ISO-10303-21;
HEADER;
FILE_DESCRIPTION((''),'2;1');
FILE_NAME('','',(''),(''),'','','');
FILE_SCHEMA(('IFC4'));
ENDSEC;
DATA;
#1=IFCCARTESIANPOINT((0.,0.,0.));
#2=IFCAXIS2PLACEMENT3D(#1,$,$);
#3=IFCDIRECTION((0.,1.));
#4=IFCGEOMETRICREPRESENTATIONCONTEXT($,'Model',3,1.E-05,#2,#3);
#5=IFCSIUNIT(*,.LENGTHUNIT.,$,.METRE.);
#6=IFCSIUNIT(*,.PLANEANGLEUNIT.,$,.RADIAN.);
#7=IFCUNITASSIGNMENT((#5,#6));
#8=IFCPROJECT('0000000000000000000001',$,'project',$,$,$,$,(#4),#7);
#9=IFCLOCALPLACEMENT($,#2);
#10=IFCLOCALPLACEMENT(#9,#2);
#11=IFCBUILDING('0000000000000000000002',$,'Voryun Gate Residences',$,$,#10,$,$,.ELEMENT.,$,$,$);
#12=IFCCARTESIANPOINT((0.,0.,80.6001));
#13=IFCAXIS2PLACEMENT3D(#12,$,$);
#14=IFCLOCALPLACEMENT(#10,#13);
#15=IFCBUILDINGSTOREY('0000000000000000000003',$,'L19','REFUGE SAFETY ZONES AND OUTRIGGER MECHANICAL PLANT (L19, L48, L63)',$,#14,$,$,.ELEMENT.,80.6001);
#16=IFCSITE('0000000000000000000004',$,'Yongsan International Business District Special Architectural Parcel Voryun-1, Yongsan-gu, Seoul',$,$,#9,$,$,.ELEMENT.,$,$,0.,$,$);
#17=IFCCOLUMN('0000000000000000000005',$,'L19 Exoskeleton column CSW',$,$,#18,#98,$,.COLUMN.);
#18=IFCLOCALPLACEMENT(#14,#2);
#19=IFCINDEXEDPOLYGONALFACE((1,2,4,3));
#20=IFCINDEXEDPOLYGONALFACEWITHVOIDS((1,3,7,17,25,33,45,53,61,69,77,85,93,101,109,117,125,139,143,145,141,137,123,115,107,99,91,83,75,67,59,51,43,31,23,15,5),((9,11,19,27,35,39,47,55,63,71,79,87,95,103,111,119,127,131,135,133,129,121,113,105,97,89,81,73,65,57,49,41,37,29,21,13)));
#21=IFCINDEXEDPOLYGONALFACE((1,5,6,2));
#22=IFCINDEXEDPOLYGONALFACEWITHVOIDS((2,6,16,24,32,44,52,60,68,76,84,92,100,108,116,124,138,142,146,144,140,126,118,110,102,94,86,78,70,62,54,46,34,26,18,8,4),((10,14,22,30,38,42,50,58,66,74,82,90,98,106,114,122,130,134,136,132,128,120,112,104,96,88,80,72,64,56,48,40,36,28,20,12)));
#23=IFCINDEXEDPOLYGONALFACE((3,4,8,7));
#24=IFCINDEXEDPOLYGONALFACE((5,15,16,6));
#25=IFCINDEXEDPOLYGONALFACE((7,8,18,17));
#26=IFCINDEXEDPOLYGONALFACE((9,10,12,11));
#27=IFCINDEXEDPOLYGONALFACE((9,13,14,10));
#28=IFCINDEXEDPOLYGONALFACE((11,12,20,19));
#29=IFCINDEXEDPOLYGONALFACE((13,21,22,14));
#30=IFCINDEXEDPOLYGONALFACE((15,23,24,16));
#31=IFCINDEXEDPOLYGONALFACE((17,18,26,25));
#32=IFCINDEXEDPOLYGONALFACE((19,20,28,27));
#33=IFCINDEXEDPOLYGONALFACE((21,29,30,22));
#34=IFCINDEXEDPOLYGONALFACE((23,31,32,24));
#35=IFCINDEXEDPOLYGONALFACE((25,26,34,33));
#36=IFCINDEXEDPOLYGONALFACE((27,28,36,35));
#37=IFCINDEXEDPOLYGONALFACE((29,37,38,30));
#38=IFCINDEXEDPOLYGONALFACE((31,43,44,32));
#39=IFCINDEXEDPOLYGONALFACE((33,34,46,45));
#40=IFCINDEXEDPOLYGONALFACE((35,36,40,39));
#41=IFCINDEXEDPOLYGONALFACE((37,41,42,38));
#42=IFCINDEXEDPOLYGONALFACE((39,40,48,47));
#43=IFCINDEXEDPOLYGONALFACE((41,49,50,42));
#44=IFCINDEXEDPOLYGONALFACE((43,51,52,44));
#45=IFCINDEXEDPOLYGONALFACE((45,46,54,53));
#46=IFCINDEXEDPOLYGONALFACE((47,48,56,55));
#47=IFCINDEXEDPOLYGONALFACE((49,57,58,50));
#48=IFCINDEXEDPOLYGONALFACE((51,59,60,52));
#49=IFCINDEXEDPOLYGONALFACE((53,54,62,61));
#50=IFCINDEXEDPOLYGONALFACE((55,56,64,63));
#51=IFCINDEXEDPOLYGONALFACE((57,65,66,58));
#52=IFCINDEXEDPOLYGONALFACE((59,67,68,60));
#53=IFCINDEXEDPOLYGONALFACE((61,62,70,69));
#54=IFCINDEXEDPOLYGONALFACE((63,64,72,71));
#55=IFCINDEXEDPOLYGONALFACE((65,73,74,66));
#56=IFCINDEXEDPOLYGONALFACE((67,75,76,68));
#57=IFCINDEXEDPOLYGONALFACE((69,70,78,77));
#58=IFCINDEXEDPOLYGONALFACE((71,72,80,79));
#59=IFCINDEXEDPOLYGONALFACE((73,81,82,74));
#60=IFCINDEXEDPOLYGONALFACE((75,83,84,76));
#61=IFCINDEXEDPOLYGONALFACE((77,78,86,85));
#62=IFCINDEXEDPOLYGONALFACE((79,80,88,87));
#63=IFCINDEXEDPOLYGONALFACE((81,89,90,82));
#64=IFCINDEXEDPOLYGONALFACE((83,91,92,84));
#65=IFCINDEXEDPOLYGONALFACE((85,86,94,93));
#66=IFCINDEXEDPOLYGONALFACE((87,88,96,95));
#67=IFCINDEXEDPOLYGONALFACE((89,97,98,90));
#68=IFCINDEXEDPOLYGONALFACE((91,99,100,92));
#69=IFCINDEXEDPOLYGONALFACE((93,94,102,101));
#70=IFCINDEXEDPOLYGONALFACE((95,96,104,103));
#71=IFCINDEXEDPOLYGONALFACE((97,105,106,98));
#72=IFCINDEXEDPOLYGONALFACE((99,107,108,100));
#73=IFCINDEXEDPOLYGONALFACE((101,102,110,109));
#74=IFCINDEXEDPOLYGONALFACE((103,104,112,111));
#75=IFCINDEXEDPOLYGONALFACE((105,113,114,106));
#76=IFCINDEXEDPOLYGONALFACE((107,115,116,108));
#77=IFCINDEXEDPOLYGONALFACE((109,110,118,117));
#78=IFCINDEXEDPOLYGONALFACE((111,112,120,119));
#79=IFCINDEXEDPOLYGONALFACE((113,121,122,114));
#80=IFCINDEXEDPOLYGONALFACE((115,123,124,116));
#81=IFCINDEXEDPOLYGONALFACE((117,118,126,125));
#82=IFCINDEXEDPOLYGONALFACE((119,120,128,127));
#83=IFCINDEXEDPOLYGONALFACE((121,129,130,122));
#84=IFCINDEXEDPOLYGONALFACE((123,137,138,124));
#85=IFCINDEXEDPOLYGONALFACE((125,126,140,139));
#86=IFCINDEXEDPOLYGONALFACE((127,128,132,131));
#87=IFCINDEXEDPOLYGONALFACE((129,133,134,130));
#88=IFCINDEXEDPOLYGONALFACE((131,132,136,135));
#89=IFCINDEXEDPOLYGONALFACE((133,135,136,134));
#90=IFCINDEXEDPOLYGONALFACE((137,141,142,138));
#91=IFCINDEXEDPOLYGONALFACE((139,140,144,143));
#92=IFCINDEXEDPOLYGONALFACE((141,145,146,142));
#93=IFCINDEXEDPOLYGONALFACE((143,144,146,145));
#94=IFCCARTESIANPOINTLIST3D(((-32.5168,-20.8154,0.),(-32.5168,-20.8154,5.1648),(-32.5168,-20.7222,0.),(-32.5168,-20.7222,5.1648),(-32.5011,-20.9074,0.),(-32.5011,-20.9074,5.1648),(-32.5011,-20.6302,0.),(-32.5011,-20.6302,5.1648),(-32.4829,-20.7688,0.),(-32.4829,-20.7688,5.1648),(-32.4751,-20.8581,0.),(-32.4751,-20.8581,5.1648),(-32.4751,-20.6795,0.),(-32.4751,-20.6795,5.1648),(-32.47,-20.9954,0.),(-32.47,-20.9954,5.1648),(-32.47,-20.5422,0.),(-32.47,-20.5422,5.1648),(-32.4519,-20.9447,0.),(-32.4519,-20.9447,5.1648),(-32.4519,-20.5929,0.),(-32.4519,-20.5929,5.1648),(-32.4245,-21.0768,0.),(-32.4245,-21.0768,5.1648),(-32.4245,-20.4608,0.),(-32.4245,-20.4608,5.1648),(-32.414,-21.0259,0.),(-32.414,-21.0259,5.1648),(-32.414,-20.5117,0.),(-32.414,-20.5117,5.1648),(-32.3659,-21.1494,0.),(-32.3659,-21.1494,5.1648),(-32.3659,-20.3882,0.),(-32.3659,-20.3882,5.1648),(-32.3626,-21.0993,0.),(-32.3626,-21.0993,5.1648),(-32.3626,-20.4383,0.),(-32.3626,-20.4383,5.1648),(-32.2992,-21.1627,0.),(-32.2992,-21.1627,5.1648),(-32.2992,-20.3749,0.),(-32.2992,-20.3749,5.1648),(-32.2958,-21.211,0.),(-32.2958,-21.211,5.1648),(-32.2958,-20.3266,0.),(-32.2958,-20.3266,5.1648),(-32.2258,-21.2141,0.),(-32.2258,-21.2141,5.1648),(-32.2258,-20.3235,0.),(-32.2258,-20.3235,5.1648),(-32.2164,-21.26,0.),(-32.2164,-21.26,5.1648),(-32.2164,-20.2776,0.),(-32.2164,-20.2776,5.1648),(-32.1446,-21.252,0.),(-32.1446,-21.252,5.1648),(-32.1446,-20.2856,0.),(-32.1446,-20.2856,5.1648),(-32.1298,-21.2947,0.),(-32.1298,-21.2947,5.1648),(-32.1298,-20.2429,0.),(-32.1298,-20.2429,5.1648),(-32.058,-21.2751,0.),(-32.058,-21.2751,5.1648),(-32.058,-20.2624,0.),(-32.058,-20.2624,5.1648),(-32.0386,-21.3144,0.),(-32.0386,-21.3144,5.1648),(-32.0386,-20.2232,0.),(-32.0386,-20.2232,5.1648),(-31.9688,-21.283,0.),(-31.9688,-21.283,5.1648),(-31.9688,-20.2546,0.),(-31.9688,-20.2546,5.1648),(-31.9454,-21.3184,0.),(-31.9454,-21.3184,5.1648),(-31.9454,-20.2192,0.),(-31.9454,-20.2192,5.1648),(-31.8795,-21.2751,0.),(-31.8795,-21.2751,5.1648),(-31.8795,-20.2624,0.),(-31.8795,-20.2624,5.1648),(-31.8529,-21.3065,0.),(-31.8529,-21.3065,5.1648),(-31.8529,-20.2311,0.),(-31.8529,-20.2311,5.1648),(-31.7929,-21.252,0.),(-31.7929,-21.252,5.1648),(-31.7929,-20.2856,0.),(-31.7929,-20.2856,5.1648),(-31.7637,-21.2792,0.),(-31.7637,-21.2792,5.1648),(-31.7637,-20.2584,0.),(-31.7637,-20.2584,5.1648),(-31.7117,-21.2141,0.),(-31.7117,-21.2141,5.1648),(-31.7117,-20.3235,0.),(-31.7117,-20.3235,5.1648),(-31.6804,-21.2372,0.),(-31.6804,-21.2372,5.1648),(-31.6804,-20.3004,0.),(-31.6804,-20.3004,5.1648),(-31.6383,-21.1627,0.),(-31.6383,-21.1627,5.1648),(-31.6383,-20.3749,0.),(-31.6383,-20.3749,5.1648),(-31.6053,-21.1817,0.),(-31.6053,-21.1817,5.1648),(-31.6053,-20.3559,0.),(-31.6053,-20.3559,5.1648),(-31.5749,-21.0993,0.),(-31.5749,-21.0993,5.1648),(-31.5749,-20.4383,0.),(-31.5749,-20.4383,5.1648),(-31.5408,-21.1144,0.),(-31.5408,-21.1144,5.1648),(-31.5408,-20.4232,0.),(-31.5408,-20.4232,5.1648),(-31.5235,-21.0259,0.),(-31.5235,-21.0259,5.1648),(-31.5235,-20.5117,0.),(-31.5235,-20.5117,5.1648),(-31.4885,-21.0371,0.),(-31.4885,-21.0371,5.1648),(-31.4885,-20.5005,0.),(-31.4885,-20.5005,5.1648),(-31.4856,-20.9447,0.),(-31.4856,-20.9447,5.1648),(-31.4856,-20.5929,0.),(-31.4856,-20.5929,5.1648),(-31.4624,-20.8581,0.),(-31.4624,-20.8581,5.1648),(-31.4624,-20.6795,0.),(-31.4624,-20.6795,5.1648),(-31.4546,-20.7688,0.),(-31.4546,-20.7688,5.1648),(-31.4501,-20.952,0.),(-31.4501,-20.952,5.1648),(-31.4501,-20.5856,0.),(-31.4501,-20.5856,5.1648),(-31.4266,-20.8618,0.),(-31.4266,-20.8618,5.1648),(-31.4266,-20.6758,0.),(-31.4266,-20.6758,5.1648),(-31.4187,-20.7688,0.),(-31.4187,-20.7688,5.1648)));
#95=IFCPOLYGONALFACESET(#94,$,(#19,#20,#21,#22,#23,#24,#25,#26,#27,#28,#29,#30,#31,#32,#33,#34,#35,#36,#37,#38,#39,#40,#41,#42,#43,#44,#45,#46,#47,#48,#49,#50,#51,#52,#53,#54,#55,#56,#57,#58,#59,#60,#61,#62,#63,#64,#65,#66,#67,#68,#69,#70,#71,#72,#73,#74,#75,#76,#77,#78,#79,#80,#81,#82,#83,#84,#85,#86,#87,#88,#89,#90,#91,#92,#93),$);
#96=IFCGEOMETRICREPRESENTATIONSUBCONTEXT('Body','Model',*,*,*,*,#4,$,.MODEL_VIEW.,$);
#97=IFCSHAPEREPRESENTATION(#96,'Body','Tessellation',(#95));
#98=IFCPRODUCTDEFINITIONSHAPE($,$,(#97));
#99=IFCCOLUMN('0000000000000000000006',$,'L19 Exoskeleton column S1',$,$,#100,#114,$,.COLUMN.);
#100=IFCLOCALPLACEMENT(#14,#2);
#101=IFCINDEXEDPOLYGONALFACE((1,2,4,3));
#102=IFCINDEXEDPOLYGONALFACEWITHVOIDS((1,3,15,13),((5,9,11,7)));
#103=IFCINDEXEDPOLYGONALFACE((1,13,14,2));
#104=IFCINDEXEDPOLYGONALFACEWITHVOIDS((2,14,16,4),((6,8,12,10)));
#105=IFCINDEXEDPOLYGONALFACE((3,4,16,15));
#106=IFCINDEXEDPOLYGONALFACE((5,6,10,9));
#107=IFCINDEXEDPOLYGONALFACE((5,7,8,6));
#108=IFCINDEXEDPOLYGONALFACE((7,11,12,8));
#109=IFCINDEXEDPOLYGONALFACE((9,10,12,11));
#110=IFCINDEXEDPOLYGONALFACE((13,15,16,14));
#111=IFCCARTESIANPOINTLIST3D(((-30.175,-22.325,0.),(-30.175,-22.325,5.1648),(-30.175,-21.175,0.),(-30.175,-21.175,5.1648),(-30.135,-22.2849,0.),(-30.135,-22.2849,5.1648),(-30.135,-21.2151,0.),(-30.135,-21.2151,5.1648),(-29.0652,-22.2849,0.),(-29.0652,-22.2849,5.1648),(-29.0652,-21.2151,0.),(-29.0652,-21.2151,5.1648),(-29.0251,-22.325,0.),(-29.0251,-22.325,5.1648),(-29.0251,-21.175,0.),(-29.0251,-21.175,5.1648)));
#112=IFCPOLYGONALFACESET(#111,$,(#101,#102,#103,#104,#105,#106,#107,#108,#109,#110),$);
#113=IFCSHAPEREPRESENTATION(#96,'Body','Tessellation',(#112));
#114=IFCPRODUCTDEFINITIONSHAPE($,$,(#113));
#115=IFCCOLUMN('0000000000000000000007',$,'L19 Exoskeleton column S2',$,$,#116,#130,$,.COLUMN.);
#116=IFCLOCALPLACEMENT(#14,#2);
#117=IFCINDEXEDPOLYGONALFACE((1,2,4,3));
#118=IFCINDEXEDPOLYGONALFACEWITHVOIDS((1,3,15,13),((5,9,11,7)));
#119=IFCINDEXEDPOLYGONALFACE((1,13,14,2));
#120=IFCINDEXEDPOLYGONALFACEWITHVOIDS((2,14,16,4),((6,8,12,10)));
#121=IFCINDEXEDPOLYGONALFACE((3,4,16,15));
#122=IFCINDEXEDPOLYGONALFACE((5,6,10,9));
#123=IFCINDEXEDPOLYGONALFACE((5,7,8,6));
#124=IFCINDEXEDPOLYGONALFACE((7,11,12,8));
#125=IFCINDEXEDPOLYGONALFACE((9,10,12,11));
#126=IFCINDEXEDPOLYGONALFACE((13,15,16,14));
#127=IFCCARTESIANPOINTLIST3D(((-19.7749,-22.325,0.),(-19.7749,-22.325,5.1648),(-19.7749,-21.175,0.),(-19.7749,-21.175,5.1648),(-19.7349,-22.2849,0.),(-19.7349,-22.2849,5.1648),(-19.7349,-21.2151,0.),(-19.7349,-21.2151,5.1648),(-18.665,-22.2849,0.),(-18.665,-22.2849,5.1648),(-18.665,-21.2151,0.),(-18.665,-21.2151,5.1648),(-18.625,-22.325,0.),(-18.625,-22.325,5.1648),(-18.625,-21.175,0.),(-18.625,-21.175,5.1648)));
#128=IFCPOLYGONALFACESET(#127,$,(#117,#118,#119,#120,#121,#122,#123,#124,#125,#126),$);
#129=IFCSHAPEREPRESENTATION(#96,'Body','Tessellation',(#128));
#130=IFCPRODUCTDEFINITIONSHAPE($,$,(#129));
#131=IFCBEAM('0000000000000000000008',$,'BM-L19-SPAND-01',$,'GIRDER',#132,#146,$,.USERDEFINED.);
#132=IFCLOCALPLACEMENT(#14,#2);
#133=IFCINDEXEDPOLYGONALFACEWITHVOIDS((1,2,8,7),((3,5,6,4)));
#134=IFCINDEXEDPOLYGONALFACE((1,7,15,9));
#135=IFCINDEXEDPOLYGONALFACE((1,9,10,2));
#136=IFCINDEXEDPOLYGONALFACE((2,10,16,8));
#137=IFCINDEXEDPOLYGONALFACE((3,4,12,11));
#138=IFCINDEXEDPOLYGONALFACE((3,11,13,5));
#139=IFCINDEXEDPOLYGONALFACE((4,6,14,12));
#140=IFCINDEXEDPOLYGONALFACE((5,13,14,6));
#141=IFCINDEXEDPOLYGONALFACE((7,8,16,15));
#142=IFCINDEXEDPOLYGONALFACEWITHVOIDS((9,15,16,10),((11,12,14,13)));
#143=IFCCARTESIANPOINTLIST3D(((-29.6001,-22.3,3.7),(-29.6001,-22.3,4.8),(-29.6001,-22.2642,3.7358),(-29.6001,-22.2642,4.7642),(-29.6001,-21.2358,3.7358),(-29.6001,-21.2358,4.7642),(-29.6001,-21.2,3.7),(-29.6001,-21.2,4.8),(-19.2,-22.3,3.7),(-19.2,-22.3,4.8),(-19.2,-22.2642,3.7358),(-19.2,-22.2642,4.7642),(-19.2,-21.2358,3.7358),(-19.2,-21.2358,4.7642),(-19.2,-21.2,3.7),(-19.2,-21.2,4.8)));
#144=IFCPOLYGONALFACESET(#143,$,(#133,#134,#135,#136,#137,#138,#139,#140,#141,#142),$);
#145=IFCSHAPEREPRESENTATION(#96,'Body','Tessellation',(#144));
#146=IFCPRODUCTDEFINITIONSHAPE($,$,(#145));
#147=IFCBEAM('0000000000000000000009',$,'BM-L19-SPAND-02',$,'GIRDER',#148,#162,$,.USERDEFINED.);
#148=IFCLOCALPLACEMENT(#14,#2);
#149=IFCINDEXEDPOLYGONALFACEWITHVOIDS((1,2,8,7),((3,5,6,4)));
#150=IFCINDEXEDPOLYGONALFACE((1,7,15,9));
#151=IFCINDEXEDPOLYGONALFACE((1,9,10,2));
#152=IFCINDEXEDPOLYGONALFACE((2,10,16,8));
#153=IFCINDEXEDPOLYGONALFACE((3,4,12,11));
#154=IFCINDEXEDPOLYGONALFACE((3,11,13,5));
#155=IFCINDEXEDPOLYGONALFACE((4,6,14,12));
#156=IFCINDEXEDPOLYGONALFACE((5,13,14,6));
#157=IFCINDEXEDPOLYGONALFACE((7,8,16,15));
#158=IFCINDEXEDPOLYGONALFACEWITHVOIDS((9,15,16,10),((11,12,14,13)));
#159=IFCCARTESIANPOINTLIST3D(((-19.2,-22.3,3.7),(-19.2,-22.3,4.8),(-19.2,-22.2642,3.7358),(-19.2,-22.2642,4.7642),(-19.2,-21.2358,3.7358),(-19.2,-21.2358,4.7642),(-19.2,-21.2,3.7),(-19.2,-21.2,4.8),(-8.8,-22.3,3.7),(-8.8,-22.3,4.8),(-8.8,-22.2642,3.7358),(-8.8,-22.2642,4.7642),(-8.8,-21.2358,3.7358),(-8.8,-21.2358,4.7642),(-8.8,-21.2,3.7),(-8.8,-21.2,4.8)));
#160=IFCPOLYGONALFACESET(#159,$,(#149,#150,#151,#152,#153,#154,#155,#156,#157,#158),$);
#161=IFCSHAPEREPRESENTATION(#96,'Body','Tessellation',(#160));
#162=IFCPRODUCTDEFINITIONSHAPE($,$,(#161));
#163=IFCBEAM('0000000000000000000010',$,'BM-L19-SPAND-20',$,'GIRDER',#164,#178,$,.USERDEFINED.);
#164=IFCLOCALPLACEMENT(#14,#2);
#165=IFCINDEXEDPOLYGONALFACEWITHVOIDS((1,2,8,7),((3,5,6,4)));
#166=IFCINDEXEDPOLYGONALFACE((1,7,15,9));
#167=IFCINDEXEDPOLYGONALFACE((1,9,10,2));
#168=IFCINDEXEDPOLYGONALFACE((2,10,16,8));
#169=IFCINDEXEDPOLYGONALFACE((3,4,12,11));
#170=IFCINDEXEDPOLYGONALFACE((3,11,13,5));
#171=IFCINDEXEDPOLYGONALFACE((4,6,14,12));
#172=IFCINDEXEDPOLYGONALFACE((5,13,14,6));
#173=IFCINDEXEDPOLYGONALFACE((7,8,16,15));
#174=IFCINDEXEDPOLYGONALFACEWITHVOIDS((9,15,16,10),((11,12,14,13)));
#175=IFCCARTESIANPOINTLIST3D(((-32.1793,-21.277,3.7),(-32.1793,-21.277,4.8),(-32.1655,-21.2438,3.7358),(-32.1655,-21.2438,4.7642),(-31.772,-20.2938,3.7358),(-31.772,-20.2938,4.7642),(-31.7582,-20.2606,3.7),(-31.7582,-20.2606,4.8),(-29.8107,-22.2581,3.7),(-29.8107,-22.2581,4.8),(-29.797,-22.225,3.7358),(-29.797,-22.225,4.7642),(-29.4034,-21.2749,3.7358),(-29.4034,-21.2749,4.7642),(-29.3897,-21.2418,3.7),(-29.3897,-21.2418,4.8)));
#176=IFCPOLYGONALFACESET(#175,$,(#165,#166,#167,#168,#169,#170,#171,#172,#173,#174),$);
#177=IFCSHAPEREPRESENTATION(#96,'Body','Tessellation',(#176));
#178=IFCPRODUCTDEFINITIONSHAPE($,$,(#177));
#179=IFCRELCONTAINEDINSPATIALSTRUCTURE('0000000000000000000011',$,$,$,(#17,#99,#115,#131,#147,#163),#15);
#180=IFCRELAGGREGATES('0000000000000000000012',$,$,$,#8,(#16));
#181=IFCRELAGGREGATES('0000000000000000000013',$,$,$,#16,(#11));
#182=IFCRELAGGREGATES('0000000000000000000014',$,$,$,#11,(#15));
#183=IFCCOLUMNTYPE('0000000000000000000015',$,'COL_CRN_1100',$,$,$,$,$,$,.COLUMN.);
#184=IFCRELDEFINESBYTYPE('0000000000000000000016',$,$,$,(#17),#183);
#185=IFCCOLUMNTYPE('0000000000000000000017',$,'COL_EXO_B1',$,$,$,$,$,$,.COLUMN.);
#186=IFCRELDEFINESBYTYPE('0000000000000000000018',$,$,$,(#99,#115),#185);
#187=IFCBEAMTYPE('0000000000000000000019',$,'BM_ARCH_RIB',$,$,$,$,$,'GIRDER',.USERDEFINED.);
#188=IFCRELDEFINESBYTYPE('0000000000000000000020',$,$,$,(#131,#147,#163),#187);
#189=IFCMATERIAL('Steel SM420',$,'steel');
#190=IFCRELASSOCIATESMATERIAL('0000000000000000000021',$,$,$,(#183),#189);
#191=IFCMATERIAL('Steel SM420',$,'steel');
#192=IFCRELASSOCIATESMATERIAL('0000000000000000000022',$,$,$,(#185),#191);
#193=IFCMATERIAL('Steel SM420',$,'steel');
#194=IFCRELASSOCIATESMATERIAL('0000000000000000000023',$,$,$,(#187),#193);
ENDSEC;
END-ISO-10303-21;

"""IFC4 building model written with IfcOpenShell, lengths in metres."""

from ifc_helpers import new_model, si_unit, direction, frame, origin, origin_2d, place, context, subcontext, project, spatial, hollow_rectangle, hollow_circle, extrude, material, material_profile, profile_set, type_object, element, save


model = new_model("IFC4")

# Units and contexts
model_context = context("Model", 3, precision=1e-05, world=origin(), true_north=direction((0.0, 1.0)))
body_context = subcontext(model_context, "Body", "Model", "MODEL_VIEW")
ifc_project = project(units=[si_unit("LENGTHUNIT", "METRE"), si_unit("PLANEANGLEUNIT", "RADIAN")], contexts=[model_context])

# Site, building, storey
site_placement = place(None, origin())
site = spatial("IfcSite", under=ifc_project, at=site_placement, Name="Yongsan International Business District Special Architectural Parcel Voryun-1, Yongsan-gu, Seoul", CompositionType="ELEMENT", RefElevation=0.0)
building_placement = place(site_placement, origin())
building = spatial("IfcBuilding", under=site, at=building_placement, Name="Voryun Gate Residences", CompositionType="ELEMENT")
storey_placement = place(building_placement, frame((0.0, 0.0, 80.6001)))
storey = spatial("IfcBuildingStorey", under=building, at=storey_placement, Name="L19", Description="REFUGE SAFETY ZONES AND OUTRIGGER MECHANICAL PLANT (L19, L48, L63)", CompositionType="ELEMENT", Elevation=80.6001)

# Columns
ifc_material_1 = material(Name="Steel SM420", Category="steel")
ifc_material_profile_1 = material_profile(ifc_material_1, hollow_circle(Radius=0.55, WallThickness=0.0359, at=origin_2d()), Name="CHS-1100x36")
ifc_profile_set_1 = profile_set([ifc_material_profile_1], Name="Steel SM420")
column_type_1 = type_object("IfcColumnType", Name="COL_CRN_1100", PredefinedType="COLUMN", material=ifc_profile_set_1)
column_placement = place(storey_placement, frame((-31.9688, -20.7688, 0.0), z_axis=(0.0, 0.0, 1.0), x_axis=(1.0, 0.0, 0.0)))
element("IfcColumn", 1, at=column_placement, inside=storey, type_object=column_type_1, Name="L19 Exoskeleton column CSW", PredefinedType="COLUMN", context=body_context, shape_type="SweptSolid", body=[
    extrude(hollow_circle(Radius=0.55, WallThickness=0.0359, at=origin_2d()), origin(), (0.0, 0.0, 1.0), 5.1648),
])
ifc_material_2 = material(Name="Steel SM420", Category="steel")
ifc_material_profile_2 = material_profile(ifc_material_2, hollow_rectangle(XDim=1.1499, YDim=1.1499, WallThickness=0.04, at=origin_2d()), Name="BOX-1150x1150x40")
ifc_profile_set_2 = profile_set([ifc_material_profile_2], Name="Steel SM420")
column_type_2 = type_object("IfcColumnType", Name="COL_EXO_B1", PredefinedType="COLUMN", material=ifc_profile_set_2)
for number, where, z_axis, x_axis, name in (
    (2, (-29.6001, -21.75, 0.0), (0.0, 0.0, 1.0), (1.0, 0.0, 0.0), "L19 Exoskeleton column S1"),
    (3, (-19.2, -21.75, 0.0), (0.0, 0.0, 1.0), (1.0, 0.0, 0.0), "L19 Exoskeleton column S2"),
):
    element("IfcColumn", number, at=place(storey_placement, frame(where, z_axis=z_axis, x_axis=x_axis)), inside=storey, type_object=column_type_2, Name=name, PredefinedType="COLUMN", context=body_context, shape_type="SweptSolid", body=[
        extrude(hollow_rectangle(XDim=1.1499, YDim=1.1499, WallThickness=0.04, at=origin_2d()), origin(), (0.0, 0.0, 1.0), 5.1648),
    ])

# Beams
ifc_material_3 = material(Name="Steel SM420", Category="steel")
ifc_material_profile_3 = material_profile(ifc_material_3, hollow_rectangle(XDim=1.1001, YDim=1.1001, WallThickness=0.0359, at=origin_2d()), Name="BOX-1100x1100x36")
ifc_profile_set_3 = profile_set([ifc_material_profile_3], Name="Steel SM420")
beam_type = type_object("IfcBeamType", Name="BM_ARCH_RIB", ElementType="GIRDER", PredefinedType="USERDEFINED", material=ifc_profile_set_3)
beam_1_placement = place(storey_placement, frame((-29.6001, -21.75, 4.25), z_axis=(1.0, 0.0, 0.0), x_axis=(0.0, 1.0, 0.0)))
element("IfcBeam", 4, at=beam_1_placement, inside=storey, type_object=beam_type, Name="BM-L19-SPAND-01", ObjectType="GIRDER", PredefinedType="USERDEFINED", context=body_context, shape_type="SweptSolid", body=[
    extrude(hollow_rectangle(XDim=1.1001, YDim=1.1001, WallThickness=0.0359, at=origin_2d()), origin(), (0.0, 0.0, 1.0), 10.4001),
])
beam_2_placement = place(storey_placement, frame((-19.2, -21.75, 4.25), z_axis=(1.0, 0.0, 0.0), x_axis=(0.0, 1.0, 0.0)))
element("IfcBeam", 5, at=beam_2_placement, inside=storey, type_object=beam_type, Name="BM-L19-SPAND-02", ObjectType="GIRDER", PredefinedType="USERDEFINED", context=body_context, shape_type="SweptSolid", body=[
    extrude(hollow_rectangle(XDim=1.1001, YDim=1.1001, WallThickness=0.0359, at=origin_2d()), origin(), (0.0, 0.0, 1.0), 10.3999),
])
beam_3_placement = place(storey_placement, frame((-31.9688, -20.7688, 4.25), z_axis=(0.923869, -0.382708, 0.0), x_axis=(0.382708, 0.923869, 0.0)))
element("IfcBeam", 6, at=beam_3_placement, inside=storey, type_object=beam_type, Name="BM-L19-SPAND-20", ObjectType="GIRDER", PredefinedType="USERDEFINED", context=body_context, shape_type="SweptSolid", body=[
    extrude(hollow_rectangle(XDim=1.1001, YDim=1.1001, WallThickness=0.0359, at=origin_2d()), origin(), (0.0, 0.0, 1.0), 2.5637),
])

save(model, "model.ifc")
